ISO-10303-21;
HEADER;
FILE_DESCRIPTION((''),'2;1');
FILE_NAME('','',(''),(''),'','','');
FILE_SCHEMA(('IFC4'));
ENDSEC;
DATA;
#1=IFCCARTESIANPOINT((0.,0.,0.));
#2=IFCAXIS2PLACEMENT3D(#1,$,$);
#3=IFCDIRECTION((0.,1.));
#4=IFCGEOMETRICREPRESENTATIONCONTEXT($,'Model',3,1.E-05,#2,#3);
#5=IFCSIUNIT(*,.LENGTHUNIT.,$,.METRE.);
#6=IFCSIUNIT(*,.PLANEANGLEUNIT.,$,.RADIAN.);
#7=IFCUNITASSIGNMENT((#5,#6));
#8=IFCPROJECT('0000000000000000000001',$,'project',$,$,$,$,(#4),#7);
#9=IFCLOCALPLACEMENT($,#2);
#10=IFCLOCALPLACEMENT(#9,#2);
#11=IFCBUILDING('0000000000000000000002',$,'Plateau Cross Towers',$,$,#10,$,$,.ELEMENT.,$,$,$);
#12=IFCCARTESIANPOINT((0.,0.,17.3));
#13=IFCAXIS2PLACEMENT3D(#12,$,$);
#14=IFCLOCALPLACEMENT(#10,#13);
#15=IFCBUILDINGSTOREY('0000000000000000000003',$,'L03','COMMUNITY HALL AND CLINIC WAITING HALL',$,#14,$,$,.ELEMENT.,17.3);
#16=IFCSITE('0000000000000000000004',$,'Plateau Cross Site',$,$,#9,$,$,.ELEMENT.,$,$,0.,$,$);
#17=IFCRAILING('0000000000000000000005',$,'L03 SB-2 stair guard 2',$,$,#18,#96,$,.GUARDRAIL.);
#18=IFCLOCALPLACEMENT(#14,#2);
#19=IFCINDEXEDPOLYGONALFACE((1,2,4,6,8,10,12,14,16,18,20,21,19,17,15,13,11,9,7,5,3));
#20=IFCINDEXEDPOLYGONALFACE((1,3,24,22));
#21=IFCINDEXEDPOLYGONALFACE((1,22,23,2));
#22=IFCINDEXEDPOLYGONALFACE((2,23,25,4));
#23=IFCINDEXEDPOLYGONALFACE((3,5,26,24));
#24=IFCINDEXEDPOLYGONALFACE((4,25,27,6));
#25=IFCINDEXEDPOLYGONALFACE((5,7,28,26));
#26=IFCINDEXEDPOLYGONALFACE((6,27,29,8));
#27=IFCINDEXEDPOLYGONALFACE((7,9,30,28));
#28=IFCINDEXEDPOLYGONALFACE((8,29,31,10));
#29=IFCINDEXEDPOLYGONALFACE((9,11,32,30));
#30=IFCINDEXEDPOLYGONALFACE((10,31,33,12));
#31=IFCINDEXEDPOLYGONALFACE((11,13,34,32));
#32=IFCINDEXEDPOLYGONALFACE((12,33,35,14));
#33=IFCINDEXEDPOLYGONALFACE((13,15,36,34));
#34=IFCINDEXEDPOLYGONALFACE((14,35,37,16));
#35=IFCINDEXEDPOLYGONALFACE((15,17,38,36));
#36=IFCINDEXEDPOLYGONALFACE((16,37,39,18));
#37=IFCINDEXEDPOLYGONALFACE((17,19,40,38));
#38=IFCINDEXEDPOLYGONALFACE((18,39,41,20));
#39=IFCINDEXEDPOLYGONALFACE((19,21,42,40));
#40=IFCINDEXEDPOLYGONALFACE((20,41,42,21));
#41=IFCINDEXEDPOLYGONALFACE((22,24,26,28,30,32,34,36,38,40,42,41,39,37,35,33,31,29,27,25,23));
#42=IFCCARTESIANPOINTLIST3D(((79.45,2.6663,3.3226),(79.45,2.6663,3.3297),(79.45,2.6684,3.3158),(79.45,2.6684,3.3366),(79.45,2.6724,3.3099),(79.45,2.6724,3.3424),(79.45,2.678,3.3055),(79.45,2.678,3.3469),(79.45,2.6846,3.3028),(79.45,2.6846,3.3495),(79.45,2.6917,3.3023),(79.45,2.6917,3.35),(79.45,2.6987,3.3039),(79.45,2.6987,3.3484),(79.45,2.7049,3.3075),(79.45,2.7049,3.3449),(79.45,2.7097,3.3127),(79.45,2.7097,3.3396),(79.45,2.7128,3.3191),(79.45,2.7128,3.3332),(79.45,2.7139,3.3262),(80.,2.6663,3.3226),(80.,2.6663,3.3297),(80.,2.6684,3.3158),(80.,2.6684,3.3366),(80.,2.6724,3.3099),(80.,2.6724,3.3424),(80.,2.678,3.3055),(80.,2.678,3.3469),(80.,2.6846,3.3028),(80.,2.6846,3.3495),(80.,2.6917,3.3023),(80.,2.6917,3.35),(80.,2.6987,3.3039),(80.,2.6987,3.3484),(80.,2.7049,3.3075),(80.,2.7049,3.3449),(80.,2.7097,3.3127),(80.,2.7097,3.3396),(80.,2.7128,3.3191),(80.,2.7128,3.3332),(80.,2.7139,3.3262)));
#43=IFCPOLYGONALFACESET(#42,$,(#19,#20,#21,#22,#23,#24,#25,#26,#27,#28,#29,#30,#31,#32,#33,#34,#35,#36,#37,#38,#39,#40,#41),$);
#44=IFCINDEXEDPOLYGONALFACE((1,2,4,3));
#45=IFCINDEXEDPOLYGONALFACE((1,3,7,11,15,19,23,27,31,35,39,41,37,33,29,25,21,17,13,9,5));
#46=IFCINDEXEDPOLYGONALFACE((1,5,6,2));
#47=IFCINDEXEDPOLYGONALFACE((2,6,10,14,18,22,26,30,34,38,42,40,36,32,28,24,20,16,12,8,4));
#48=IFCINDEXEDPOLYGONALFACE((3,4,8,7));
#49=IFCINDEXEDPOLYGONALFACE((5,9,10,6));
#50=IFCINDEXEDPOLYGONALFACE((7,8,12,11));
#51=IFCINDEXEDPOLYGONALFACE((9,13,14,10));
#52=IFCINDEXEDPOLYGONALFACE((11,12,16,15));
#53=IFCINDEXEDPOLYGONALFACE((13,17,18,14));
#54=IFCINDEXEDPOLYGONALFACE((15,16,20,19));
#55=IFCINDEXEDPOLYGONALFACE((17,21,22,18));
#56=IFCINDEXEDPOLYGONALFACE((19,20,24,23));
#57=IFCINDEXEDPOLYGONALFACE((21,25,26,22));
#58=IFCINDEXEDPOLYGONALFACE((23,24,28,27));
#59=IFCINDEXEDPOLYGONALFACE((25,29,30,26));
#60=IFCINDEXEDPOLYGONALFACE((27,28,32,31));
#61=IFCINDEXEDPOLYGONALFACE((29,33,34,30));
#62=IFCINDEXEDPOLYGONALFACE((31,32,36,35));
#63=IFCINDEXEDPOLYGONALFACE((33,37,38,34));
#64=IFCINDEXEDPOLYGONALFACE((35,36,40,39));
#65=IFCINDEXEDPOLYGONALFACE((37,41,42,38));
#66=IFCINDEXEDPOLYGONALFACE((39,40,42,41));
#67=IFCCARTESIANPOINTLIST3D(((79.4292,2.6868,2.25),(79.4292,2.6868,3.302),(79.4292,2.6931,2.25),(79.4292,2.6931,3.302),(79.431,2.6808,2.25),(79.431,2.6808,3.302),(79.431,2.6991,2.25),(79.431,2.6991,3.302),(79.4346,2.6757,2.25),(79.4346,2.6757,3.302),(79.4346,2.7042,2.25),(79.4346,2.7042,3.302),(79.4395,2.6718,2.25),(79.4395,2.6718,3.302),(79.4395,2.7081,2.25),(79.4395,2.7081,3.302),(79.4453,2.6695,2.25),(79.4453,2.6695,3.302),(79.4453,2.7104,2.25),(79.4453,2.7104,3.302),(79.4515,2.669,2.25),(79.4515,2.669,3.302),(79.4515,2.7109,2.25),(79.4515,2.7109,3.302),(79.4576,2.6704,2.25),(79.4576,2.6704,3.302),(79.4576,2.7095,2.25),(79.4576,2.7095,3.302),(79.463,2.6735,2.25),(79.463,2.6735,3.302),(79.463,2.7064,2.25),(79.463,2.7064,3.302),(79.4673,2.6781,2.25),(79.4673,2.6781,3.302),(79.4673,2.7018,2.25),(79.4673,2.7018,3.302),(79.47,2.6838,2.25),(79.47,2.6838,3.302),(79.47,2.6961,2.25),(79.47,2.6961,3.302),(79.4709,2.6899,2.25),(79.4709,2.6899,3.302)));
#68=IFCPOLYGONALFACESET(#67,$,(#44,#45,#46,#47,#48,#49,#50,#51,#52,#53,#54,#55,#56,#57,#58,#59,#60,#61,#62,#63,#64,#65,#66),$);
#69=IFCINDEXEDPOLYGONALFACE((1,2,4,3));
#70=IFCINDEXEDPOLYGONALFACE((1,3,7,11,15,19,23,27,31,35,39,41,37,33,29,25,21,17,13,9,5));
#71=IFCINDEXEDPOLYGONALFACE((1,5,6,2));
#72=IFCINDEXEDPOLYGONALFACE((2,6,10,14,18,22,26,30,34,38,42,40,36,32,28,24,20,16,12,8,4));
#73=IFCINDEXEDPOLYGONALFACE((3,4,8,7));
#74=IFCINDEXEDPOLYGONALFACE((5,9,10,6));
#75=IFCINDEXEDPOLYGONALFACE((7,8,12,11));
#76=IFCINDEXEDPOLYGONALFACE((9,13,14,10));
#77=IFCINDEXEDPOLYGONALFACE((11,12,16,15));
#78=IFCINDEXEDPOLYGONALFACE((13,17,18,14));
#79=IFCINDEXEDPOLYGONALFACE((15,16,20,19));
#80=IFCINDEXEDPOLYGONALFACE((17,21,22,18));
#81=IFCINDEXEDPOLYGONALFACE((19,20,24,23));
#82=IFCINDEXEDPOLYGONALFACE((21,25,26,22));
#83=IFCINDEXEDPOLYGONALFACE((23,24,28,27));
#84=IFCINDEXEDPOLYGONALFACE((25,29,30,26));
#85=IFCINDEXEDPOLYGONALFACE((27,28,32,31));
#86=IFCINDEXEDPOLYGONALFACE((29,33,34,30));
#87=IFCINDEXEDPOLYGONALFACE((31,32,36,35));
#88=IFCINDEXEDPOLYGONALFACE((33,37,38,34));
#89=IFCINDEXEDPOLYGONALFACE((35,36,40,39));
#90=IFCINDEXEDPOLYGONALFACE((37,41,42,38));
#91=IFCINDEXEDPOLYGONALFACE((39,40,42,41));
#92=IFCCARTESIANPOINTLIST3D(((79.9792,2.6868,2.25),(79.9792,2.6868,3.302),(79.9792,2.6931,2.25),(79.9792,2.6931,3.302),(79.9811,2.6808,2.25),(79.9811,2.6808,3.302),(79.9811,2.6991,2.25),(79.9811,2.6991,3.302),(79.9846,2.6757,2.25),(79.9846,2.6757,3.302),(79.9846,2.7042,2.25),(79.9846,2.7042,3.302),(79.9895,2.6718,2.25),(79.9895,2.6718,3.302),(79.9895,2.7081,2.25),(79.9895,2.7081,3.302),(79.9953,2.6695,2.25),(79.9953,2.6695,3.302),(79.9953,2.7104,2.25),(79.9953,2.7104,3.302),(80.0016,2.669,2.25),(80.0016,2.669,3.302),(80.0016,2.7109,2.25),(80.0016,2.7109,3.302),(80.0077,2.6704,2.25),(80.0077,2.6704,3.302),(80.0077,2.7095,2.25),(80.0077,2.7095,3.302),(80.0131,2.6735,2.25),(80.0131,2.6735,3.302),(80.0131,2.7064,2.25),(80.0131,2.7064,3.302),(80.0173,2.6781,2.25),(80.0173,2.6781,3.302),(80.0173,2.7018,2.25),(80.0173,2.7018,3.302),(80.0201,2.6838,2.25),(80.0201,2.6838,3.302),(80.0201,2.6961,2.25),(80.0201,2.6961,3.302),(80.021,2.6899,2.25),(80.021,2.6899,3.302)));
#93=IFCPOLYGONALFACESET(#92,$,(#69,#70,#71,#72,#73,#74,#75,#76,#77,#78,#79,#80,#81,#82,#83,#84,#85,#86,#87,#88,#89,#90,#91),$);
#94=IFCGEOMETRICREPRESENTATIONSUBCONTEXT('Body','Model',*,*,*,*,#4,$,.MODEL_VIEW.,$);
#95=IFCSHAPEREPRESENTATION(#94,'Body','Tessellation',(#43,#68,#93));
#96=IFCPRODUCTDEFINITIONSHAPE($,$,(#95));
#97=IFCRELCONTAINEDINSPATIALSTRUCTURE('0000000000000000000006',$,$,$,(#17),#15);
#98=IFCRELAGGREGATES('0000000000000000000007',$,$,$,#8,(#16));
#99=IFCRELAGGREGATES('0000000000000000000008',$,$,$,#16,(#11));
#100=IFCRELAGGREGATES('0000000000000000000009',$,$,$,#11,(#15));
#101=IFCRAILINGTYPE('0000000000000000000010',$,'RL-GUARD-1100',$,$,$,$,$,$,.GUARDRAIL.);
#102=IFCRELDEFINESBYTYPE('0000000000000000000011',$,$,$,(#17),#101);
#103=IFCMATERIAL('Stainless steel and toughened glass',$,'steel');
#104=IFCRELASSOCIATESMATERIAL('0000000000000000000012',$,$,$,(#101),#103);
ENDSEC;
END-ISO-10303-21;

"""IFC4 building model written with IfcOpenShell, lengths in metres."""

from ifc_helpers import new_model, si_unit, direction, frame, origin, origin_2d, place, context, subcontext, project, spatial, circle, extrude, material, type_object, element, save


model = new_model("IFC4")

# Units and contexts
model_context = context("Model", 3, precision=1e-05, world=origin(), true_north=direction((0.0, 1.0)))
body_context = subcontext(model_context, "Body", "Model", "MODEL_VIEW")
ifc_project = project(units=[si_unit("LENGTHUNIT", "METRE"), si_unit("PLANEANGLEUNIT", "RADIAN")], contexts=[model_context])

# Site, building, storey
site_placement = place(None, origin())
site = spatial("IfcSite", under=ifc_project, at=site_placement, Name="Plateau Cross Site", CompositionType="ELEMENT", RefElevation=0.0)
building_placement = place(site_placement, origin())
building = spatial("IfcBuilding", under=site, at=building_placement, Name="Plateau Cross Towers", CompositionType="ELEMENT")
storey_placement = place(building_placement, frame((0.0, 0.0, 17.3)))
storey = spatial("IfcBuildingStorey", under=building, at=storey_placement, Name="L03", Description="COMMUNITY HALL AND CLINIC WAITING HALL", CompositionType="ELEMENT", Elevation=17.3)

# Railing
ifc_material_1 = material(Name="Stainless steel and toughened glass", Category="steel")
railing_type_1 = type_object("IfcRailingType", Name="RL-GUARD-1100", PredefinedType="GUARDRAIL", material=ifc_material_1)
railing_1_placement = place(storey_placement, frame((79.45, 2.6899, 2.25)))
element("IfcRailing", 1, at=railing_1_placement, inside=storey, type_object=railing_type_1, Name="L03 SB-2 stair guard 2", PredefinedType="GUARDRAIL", context=body_context, shape_type="SweptSolid", body=[
    extrude(circle(Radius=0.0239, at=origin_2d()), frame((0.0, 0.0, 1.0762), z_axis=(1.0, 0.0, 0.0), x_axis=(0.0, 1.0, 0.0)), (0.0, 0.0, 1.0), 0.55),
    extrude(circle(Radius=0.021, at=origin_2d()), origin(), (0.0, 0.0, 1.0), 1.052),
    extrude(circle(Radius=0.021, at=origin_2d()), frame((0.55, 0.0, 0.0)), (0.0, 0.0, 1.0), 1.052),
])

save(model, "model.ifc")
